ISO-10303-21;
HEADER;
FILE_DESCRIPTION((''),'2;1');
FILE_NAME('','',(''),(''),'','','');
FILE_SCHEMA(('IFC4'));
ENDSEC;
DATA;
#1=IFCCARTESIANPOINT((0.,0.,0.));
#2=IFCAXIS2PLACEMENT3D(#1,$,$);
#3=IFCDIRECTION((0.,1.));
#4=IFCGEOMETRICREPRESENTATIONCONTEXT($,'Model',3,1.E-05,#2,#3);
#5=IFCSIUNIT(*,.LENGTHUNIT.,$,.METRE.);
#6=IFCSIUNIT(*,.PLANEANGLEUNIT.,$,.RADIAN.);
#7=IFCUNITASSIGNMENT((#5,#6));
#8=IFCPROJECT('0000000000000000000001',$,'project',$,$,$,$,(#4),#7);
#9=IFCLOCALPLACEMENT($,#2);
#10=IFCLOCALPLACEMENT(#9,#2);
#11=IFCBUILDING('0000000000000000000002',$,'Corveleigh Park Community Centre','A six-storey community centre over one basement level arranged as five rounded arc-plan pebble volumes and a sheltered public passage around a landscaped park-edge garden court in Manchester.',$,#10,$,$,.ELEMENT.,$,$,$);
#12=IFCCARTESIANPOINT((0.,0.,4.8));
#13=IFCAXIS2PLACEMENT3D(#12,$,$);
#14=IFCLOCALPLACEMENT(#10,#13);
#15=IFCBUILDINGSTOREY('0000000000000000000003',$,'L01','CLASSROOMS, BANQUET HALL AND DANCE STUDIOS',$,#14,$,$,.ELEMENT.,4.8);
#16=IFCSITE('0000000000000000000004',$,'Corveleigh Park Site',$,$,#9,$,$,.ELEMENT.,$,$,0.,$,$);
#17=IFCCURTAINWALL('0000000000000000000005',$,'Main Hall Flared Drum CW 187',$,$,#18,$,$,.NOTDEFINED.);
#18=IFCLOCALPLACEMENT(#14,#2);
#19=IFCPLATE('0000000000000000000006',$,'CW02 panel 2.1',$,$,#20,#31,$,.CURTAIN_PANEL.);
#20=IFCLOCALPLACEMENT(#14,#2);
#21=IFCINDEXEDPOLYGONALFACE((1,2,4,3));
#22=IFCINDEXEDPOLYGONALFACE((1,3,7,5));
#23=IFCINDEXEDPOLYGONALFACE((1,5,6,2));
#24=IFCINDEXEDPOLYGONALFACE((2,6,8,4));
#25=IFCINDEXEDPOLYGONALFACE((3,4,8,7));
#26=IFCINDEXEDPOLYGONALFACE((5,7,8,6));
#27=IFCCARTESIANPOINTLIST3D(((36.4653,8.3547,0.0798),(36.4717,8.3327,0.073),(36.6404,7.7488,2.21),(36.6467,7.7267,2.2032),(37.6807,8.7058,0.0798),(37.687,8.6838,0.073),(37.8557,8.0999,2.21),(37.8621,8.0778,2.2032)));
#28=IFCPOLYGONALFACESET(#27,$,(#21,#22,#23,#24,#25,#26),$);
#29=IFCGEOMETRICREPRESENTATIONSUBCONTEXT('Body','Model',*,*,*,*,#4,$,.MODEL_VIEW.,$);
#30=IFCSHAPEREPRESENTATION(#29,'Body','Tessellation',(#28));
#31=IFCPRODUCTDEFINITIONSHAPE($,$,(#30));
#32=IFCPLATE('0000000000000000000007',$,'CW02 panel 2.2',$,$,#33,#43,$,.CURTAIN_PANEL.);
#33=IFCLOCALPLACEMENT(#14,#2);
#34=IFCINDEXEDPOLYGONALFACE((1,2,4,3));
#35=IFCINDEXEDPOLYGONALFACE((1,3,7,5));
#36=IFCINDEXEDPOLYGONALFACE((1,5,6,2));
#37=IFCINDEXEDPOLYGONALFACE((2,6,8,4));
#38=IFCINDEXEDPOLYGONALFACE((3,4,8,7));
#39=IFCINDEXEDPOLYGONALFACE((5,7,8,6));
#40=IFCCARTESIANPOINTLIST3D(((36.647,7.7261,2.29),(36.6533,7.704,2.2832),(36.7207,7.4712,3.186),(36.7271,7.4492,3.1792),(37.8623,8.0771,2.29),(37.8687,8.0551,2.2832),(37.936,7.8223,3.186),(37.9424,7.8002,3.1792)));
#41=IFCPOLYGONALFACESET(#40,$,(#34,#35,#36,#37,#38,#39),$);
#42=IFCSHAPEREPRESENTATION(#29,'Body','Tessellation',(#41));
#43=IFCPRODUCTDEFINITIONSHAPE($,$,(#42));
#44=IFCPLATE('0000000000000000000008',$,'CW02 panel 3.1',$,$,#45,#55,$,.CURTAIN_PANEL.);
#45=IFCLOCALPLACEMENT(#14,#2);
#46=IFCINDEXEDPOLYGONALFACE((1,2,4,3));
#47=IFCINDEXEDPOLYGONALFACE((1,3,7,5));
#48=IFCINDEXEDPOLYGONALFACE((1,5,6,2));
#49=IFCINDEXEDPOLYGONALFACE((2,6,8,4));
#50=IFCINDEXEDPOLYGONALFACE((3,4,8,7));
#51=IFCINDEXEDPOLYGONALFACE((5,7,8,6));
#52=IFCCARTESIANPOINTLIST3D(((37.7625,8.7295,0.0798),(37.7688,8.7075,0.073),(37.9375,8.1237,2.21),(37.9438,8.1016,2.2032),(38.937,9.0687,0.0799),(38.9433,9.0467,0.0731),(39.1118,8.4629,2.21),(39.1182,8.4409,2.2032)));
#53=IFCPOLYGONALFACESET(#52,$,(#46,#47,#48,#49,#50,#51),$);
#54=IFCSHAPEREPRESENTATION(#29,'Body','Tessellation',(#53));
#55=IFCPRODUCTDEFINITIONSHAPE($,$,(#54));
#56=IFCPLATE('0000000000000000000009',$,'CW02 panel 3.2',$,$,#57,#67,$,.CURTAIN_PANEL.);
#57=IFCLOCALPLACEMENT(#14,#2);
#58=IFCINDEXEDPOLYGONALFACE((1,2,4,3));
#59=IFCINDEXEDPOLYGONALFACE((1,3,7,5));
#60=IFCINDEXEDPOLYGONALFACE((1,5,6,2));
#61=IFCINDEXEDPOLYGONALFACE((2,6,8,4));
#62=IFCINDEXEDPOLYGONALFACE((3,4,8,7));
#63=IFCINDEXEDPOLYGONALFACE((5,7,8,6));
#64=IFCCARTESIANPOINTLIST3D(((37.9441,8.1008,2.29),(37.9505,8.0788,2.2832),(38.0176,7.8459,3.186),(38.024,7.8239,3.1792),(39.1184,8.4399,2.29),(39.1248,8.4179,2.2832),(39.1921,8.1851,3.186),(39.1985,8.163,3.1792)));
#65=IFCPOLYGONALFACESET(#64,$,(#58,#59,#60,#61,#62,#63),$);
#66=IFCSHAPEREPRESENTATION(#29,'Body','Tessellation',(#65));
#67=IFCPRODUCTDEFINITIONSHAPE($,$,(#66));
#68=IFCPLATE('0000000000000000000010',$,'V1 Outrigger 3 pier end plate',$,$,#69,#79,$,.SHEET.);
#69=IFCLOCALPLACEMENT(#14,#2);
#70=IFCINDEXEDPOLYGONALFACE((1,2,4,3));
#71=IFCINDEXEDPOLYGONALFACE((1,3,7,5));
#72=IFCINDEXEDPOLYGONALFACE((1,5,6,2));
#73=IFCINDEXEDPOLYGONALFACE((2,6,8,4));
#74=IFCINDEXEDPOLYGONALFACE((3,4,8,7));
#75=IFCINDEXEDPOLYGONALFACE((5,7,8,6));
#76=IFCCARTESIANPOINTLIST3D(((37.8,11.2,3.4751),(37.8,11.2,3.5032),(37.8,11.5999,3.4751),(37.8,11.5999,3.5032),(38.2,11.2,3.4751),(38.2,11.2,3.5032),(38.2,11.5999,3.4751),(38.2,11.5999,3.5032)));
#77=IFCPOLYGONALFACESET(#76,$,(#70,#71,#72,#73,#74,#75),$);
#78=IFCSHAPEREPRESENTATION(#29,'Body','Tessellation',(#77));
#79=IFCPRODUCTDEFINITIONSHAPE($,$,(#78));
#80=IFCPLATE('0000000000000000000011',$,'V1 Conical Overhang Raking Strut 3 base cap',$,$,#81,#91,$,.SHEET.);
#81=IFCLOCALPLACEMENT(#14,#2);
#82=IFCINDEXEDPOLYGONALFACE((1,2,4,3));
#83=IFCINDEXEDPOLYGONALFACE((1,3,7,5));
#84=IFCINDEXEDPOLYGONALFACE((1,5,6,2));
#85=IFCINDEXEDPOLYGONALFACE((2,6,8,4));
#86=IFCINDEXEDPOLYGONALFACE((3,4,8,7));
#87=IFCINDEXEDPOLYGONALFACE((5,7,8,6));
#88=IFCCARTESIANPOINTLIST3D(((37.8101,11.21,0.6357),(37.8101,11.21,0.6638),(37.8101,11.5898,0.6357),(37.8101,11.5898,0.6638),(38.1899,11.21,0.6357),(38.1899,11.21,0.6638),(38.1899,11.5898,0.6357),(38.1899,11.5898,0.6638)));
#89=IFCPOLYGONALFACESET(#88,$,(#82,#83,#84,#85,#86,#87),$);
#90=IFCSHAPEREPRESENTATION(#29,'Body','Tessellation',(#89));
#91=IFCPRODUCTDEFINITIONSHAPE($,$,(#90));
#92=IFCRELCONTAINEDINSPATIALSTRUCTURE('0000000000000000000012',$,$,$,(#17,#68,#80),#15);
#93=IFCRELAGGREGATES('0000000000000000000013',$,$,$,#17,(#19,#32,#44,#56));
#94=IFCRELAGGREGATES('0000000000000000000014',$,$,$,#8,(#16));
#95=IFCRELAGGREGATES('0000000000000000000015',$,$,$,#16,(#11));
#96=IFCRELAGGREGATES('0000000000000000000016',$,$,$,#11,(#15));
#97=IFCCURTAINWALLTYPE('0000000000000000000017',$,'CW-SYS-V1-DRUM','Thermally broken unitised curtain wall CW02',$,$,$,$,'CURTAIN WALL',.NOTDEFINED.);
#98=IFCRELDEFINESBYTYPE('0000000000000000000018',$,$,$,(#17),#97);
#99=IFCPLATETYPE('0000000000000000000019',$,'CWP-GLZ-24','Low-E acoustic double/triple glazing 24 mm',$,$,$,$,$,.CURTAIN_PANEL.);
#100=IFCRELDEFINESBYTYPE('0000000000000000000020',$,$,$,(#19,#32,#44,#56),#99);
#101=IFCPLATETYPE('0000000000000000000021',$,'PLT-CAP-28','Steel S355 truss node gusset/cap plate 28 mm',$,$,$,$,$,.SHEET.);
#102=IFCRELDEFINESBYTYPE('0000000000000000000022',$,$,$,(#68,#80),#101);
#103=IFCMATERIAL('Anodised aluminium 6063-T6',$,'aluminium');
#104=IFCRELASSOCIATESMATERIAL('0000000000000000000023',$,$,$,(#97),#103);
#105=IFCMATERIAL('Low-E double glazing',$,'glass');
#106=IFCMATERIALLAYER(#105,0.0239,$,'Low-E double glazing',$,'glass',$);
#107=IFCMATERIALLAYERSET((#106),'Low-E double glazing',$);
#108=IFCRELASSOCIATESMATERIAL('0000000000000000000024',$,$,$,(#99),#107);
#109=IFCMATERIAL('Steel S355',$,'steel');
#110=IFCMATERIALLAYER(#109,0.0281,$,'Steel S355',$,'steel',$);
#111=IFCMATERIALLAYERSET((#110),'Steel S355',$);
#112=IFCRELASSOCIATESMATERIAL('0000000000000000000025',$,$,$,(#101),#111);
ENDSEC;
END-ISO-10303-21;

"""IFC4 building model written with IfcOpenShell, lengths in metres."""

from ifc_helpers import new_model, si_unit, direction, frame, origin, origin_2d, place, context, subcontext, project, spatial, polyline, rectangle, outline, extrude, material, layer, layer_set, type_object, element, aggregate, save


model = new_model("IFC4")

# Units and contexts
model_context = context("Model", 3, precision=1e-05, world=origin(), true_north=direction((0.0, 1.0)))
body_context = subcontext(model_context, "Body", "Model", "MODEL_VIEW")
ifc_project = project(units=[si_unit("LENGTHUNIT", "METRE"), si_unit("PLANEANGLEUNIT", "RADIAN")], contexts=[model_context])

# Site, building, storey
site_placement = place(None, origin())
site = spatial("IfcSite", under=ifc_project, at=site_placement, Name="Corveleigh Park Site", CompositionType="ELEMENT", RefElevation=0.0)
building_placement = place(site_placement, origin())
building = spatial("IfcBuilding", under=site, at=building_placement, Name="Corveleigh Park Community Centre", Description="A six-storey community centre over one basement level arranged as five rounded arc-plan pebble volumes and a sheltered public passage around a landscaped park-edge garden court in Manchester.", CompositionType="ELEMENT")
storey_placement = place(building_placement, frame((0.0, 0.0, 4.8)))
storey = spatial("IfcBuildingStorey", under=building, at=storey_placement, Name="L01", Description="CLASSROOMS, BANQUET HALL AND DANCE STUDIOS", CompositionType="ELEMENT", Elevation=4.8)

# Shared definitions
ifc_material_1 = material(Name="Steel S355", Category="steel")

# Shared definitions
ifc_material_2 = material(Name="Anodised aluminium 6063-T6", Category="aluminium")
curtain_wall_type = type_object("IfcCurtainWallType", Name="CW-SYS-V1-DRUM", Description="Thermally broken unitised curtain wall CW02", ElementType="CURTAIN WALL", PredefinedType="NOTDEFINED", material=ifc_material_2)

# Curtain wall
curtain_wall_1_placement = place(storey_placement, origin())
curtain_wall_1 = element("IfcCurtainWall", 1, at=curtain_wall_1_placement, inside=storey, type_object=curtain_wall_type, Name="Main Hall Flared Drum CW 187", PredefinedType="NOTDEFINED")

# Plates
ifc_material_3 = material(Name="Low-E double glazing", Category="glass")
ifc_layer_1 = layer(ifc_material_3, 0.0239, Name="Low-E double glazing", Category="glass")
ifc_layer_set_1 = layer_set([ifc_layer_1], Name="Low-E double glazing")
plate_type_1 = type_object("IfcPlateType", Name="CWP-GLZ-24", Description="Low-E acoustic double/triple glazing 24 mm", PredefinedType="CURTAIN_PANEL", material=ifc_layer_set_1)
plate_1_placement = place(storey_placement, frame((36.4653, 8.3547, 0.0798), z_axis=(-0.266103, 0.921184, 0.283917), x_axis=(0.960719, 0.277524, 0.0)))
plate_1 = element("IfcPlate", 2, at=plate_1_placement, type_object=plate_type_1, Name="CW02 panel 2.1", PredefinedType="CURTAIN_PANEL", context=body_context, shape_type="SweptSolid", body=[
    extrude(outline(polyline([(0.0, 0.0), (1.265, 0.0), (1.265, -2.2215), (0.0, -2.2215), (0.0, 0.0)])), origin(), (0.0, 0.0, -1.0), 0.0239),
])
plate_2_placement = place(storey_placement, frame((36.647, 7.7261, 2.29), z_axis=(-0.266101, 0.921177, 0.283943), x_axis=(0.960719, 0.277524, 0.0)))
plate_2 = element("IfcPlate", 3, at=plate_2_placement, type_object=plate_type_1, Name="CW02 panel 2.2", PredefinedType="CURTAIN_PANEL", context=body_context, shape_type="SweptSolid", body=[
    extrude(outline(polyline([(0.0, 0.0), (1.265, 0.0), (1.2651, -0.9345), (0.0001, -0.9345), (0.0, 0.0)])), origin(), (0.0, 0.0, -1.0), 0.0239),
])
plate_3_placement = place(storey_placement, frame((37.7625, 8.7295, 0.0798), z_axis=(-0.266088, 0.921208, 0.283854), x_axis=(0.960728, 0.277493, 0.000034)))
plate_3 = element("IfcPlate", 4, at=plate_3_placement, type_object=plate_type_1, Name="CW02 panel 3.1", PredefinedType="CURTAIN_PANEL", context=body_context, shape_type="SweptSolid", body=[
    extrude(outline(polyline([(0.0, 0.0), (1.2225, 0.0), (1.2225, -2.2215), (0.0001, -2.2215), (0.0, 0.0)])), origin(), (0.0, 0.0, -1.0), 0.0239),
])
plate_4_placement = place(storey_placement, frame((37.9441, 8.1008, 2.29), z_axis=(-0.265995, 0.921218, 0.28391), x_axis=(0.960751, 0.277413, -0.000008)))
plate_4 = element("IfcPlate", 5, at=plate_4_placement, type_object=plate_type_1, Name="CW02 panel 3.2", PredefinedType="CURTAIN_PANEL", context=body_context, shape_type="SweptSolid", body=[
    extrude(outline(polyline([(0.0, 0.0), (1.2223, 0.0), (1.2224, -0.9345), (-0.0001, -0.9344), (0.0, 0.0)])), origin(), (0.0, 0.0, -1.0), 0.0239),
])
aggregate(curtain_wall_1, [plate_1, plate_2, plate_3, plate_4])

# Plates
ifc_layer_2 = layer(ifc_material_1, 0.0281, Name="Steel S355", Category="steel")
ifc_layer_set_2 = layer_set([ifc_layer_2], Name="Steel S355")
plate_type_2 = type_object("IfcPlateType", Name="PLT-CAP-28", Description="Steel S355 truss node gusset/cap plate 28 mm", PredefinedType="SHEET", material=ifc_layer_set_2)
plate_5_placement = place(storey_placement, frame((38.0, 11.3999, 3.4751), z_axis=(0.0, 0.0, 1.0), x_axis=(1.0, 0.0, 0.0)))
element("IfcPlate", 6, at=plate_5_placement, inside=storey, type_object=plate_type_2, Name="V1 Outrigger 3 pier end plate", PredefinedType="SHEET", context=body_context, shape_type="SweptSolid", body=[
    extrude(rectangle(XDim=0.3999, YDim=0.3999, at=origin_2d()), origin(), (0.0, 0.0, 1.0), 0.0281),
])
plate_6_placement = place(storey_placement, frame((38.0, 11.3999, 0.6357), z_axis=(0.0, 0.0, 1.0), x_axis=(1.0, 0.0, 0.0)))
element("IfcPlate", 7, at=plate_6_placement, inside=storey, type_object=plate_type_2, Name="V1 Conical Overhang Raking Strut 3 base cap", PredefinedType="SHEET", context=body_context, shape_type="SweptSolid", body=[
    extrude(rectangle(XDim=0.3799, YDim=0.3799, at=origin_2d()), origin(), (0.0, 0.0, 1.0), 0.0281),
])

save(model, "model.ifc")
